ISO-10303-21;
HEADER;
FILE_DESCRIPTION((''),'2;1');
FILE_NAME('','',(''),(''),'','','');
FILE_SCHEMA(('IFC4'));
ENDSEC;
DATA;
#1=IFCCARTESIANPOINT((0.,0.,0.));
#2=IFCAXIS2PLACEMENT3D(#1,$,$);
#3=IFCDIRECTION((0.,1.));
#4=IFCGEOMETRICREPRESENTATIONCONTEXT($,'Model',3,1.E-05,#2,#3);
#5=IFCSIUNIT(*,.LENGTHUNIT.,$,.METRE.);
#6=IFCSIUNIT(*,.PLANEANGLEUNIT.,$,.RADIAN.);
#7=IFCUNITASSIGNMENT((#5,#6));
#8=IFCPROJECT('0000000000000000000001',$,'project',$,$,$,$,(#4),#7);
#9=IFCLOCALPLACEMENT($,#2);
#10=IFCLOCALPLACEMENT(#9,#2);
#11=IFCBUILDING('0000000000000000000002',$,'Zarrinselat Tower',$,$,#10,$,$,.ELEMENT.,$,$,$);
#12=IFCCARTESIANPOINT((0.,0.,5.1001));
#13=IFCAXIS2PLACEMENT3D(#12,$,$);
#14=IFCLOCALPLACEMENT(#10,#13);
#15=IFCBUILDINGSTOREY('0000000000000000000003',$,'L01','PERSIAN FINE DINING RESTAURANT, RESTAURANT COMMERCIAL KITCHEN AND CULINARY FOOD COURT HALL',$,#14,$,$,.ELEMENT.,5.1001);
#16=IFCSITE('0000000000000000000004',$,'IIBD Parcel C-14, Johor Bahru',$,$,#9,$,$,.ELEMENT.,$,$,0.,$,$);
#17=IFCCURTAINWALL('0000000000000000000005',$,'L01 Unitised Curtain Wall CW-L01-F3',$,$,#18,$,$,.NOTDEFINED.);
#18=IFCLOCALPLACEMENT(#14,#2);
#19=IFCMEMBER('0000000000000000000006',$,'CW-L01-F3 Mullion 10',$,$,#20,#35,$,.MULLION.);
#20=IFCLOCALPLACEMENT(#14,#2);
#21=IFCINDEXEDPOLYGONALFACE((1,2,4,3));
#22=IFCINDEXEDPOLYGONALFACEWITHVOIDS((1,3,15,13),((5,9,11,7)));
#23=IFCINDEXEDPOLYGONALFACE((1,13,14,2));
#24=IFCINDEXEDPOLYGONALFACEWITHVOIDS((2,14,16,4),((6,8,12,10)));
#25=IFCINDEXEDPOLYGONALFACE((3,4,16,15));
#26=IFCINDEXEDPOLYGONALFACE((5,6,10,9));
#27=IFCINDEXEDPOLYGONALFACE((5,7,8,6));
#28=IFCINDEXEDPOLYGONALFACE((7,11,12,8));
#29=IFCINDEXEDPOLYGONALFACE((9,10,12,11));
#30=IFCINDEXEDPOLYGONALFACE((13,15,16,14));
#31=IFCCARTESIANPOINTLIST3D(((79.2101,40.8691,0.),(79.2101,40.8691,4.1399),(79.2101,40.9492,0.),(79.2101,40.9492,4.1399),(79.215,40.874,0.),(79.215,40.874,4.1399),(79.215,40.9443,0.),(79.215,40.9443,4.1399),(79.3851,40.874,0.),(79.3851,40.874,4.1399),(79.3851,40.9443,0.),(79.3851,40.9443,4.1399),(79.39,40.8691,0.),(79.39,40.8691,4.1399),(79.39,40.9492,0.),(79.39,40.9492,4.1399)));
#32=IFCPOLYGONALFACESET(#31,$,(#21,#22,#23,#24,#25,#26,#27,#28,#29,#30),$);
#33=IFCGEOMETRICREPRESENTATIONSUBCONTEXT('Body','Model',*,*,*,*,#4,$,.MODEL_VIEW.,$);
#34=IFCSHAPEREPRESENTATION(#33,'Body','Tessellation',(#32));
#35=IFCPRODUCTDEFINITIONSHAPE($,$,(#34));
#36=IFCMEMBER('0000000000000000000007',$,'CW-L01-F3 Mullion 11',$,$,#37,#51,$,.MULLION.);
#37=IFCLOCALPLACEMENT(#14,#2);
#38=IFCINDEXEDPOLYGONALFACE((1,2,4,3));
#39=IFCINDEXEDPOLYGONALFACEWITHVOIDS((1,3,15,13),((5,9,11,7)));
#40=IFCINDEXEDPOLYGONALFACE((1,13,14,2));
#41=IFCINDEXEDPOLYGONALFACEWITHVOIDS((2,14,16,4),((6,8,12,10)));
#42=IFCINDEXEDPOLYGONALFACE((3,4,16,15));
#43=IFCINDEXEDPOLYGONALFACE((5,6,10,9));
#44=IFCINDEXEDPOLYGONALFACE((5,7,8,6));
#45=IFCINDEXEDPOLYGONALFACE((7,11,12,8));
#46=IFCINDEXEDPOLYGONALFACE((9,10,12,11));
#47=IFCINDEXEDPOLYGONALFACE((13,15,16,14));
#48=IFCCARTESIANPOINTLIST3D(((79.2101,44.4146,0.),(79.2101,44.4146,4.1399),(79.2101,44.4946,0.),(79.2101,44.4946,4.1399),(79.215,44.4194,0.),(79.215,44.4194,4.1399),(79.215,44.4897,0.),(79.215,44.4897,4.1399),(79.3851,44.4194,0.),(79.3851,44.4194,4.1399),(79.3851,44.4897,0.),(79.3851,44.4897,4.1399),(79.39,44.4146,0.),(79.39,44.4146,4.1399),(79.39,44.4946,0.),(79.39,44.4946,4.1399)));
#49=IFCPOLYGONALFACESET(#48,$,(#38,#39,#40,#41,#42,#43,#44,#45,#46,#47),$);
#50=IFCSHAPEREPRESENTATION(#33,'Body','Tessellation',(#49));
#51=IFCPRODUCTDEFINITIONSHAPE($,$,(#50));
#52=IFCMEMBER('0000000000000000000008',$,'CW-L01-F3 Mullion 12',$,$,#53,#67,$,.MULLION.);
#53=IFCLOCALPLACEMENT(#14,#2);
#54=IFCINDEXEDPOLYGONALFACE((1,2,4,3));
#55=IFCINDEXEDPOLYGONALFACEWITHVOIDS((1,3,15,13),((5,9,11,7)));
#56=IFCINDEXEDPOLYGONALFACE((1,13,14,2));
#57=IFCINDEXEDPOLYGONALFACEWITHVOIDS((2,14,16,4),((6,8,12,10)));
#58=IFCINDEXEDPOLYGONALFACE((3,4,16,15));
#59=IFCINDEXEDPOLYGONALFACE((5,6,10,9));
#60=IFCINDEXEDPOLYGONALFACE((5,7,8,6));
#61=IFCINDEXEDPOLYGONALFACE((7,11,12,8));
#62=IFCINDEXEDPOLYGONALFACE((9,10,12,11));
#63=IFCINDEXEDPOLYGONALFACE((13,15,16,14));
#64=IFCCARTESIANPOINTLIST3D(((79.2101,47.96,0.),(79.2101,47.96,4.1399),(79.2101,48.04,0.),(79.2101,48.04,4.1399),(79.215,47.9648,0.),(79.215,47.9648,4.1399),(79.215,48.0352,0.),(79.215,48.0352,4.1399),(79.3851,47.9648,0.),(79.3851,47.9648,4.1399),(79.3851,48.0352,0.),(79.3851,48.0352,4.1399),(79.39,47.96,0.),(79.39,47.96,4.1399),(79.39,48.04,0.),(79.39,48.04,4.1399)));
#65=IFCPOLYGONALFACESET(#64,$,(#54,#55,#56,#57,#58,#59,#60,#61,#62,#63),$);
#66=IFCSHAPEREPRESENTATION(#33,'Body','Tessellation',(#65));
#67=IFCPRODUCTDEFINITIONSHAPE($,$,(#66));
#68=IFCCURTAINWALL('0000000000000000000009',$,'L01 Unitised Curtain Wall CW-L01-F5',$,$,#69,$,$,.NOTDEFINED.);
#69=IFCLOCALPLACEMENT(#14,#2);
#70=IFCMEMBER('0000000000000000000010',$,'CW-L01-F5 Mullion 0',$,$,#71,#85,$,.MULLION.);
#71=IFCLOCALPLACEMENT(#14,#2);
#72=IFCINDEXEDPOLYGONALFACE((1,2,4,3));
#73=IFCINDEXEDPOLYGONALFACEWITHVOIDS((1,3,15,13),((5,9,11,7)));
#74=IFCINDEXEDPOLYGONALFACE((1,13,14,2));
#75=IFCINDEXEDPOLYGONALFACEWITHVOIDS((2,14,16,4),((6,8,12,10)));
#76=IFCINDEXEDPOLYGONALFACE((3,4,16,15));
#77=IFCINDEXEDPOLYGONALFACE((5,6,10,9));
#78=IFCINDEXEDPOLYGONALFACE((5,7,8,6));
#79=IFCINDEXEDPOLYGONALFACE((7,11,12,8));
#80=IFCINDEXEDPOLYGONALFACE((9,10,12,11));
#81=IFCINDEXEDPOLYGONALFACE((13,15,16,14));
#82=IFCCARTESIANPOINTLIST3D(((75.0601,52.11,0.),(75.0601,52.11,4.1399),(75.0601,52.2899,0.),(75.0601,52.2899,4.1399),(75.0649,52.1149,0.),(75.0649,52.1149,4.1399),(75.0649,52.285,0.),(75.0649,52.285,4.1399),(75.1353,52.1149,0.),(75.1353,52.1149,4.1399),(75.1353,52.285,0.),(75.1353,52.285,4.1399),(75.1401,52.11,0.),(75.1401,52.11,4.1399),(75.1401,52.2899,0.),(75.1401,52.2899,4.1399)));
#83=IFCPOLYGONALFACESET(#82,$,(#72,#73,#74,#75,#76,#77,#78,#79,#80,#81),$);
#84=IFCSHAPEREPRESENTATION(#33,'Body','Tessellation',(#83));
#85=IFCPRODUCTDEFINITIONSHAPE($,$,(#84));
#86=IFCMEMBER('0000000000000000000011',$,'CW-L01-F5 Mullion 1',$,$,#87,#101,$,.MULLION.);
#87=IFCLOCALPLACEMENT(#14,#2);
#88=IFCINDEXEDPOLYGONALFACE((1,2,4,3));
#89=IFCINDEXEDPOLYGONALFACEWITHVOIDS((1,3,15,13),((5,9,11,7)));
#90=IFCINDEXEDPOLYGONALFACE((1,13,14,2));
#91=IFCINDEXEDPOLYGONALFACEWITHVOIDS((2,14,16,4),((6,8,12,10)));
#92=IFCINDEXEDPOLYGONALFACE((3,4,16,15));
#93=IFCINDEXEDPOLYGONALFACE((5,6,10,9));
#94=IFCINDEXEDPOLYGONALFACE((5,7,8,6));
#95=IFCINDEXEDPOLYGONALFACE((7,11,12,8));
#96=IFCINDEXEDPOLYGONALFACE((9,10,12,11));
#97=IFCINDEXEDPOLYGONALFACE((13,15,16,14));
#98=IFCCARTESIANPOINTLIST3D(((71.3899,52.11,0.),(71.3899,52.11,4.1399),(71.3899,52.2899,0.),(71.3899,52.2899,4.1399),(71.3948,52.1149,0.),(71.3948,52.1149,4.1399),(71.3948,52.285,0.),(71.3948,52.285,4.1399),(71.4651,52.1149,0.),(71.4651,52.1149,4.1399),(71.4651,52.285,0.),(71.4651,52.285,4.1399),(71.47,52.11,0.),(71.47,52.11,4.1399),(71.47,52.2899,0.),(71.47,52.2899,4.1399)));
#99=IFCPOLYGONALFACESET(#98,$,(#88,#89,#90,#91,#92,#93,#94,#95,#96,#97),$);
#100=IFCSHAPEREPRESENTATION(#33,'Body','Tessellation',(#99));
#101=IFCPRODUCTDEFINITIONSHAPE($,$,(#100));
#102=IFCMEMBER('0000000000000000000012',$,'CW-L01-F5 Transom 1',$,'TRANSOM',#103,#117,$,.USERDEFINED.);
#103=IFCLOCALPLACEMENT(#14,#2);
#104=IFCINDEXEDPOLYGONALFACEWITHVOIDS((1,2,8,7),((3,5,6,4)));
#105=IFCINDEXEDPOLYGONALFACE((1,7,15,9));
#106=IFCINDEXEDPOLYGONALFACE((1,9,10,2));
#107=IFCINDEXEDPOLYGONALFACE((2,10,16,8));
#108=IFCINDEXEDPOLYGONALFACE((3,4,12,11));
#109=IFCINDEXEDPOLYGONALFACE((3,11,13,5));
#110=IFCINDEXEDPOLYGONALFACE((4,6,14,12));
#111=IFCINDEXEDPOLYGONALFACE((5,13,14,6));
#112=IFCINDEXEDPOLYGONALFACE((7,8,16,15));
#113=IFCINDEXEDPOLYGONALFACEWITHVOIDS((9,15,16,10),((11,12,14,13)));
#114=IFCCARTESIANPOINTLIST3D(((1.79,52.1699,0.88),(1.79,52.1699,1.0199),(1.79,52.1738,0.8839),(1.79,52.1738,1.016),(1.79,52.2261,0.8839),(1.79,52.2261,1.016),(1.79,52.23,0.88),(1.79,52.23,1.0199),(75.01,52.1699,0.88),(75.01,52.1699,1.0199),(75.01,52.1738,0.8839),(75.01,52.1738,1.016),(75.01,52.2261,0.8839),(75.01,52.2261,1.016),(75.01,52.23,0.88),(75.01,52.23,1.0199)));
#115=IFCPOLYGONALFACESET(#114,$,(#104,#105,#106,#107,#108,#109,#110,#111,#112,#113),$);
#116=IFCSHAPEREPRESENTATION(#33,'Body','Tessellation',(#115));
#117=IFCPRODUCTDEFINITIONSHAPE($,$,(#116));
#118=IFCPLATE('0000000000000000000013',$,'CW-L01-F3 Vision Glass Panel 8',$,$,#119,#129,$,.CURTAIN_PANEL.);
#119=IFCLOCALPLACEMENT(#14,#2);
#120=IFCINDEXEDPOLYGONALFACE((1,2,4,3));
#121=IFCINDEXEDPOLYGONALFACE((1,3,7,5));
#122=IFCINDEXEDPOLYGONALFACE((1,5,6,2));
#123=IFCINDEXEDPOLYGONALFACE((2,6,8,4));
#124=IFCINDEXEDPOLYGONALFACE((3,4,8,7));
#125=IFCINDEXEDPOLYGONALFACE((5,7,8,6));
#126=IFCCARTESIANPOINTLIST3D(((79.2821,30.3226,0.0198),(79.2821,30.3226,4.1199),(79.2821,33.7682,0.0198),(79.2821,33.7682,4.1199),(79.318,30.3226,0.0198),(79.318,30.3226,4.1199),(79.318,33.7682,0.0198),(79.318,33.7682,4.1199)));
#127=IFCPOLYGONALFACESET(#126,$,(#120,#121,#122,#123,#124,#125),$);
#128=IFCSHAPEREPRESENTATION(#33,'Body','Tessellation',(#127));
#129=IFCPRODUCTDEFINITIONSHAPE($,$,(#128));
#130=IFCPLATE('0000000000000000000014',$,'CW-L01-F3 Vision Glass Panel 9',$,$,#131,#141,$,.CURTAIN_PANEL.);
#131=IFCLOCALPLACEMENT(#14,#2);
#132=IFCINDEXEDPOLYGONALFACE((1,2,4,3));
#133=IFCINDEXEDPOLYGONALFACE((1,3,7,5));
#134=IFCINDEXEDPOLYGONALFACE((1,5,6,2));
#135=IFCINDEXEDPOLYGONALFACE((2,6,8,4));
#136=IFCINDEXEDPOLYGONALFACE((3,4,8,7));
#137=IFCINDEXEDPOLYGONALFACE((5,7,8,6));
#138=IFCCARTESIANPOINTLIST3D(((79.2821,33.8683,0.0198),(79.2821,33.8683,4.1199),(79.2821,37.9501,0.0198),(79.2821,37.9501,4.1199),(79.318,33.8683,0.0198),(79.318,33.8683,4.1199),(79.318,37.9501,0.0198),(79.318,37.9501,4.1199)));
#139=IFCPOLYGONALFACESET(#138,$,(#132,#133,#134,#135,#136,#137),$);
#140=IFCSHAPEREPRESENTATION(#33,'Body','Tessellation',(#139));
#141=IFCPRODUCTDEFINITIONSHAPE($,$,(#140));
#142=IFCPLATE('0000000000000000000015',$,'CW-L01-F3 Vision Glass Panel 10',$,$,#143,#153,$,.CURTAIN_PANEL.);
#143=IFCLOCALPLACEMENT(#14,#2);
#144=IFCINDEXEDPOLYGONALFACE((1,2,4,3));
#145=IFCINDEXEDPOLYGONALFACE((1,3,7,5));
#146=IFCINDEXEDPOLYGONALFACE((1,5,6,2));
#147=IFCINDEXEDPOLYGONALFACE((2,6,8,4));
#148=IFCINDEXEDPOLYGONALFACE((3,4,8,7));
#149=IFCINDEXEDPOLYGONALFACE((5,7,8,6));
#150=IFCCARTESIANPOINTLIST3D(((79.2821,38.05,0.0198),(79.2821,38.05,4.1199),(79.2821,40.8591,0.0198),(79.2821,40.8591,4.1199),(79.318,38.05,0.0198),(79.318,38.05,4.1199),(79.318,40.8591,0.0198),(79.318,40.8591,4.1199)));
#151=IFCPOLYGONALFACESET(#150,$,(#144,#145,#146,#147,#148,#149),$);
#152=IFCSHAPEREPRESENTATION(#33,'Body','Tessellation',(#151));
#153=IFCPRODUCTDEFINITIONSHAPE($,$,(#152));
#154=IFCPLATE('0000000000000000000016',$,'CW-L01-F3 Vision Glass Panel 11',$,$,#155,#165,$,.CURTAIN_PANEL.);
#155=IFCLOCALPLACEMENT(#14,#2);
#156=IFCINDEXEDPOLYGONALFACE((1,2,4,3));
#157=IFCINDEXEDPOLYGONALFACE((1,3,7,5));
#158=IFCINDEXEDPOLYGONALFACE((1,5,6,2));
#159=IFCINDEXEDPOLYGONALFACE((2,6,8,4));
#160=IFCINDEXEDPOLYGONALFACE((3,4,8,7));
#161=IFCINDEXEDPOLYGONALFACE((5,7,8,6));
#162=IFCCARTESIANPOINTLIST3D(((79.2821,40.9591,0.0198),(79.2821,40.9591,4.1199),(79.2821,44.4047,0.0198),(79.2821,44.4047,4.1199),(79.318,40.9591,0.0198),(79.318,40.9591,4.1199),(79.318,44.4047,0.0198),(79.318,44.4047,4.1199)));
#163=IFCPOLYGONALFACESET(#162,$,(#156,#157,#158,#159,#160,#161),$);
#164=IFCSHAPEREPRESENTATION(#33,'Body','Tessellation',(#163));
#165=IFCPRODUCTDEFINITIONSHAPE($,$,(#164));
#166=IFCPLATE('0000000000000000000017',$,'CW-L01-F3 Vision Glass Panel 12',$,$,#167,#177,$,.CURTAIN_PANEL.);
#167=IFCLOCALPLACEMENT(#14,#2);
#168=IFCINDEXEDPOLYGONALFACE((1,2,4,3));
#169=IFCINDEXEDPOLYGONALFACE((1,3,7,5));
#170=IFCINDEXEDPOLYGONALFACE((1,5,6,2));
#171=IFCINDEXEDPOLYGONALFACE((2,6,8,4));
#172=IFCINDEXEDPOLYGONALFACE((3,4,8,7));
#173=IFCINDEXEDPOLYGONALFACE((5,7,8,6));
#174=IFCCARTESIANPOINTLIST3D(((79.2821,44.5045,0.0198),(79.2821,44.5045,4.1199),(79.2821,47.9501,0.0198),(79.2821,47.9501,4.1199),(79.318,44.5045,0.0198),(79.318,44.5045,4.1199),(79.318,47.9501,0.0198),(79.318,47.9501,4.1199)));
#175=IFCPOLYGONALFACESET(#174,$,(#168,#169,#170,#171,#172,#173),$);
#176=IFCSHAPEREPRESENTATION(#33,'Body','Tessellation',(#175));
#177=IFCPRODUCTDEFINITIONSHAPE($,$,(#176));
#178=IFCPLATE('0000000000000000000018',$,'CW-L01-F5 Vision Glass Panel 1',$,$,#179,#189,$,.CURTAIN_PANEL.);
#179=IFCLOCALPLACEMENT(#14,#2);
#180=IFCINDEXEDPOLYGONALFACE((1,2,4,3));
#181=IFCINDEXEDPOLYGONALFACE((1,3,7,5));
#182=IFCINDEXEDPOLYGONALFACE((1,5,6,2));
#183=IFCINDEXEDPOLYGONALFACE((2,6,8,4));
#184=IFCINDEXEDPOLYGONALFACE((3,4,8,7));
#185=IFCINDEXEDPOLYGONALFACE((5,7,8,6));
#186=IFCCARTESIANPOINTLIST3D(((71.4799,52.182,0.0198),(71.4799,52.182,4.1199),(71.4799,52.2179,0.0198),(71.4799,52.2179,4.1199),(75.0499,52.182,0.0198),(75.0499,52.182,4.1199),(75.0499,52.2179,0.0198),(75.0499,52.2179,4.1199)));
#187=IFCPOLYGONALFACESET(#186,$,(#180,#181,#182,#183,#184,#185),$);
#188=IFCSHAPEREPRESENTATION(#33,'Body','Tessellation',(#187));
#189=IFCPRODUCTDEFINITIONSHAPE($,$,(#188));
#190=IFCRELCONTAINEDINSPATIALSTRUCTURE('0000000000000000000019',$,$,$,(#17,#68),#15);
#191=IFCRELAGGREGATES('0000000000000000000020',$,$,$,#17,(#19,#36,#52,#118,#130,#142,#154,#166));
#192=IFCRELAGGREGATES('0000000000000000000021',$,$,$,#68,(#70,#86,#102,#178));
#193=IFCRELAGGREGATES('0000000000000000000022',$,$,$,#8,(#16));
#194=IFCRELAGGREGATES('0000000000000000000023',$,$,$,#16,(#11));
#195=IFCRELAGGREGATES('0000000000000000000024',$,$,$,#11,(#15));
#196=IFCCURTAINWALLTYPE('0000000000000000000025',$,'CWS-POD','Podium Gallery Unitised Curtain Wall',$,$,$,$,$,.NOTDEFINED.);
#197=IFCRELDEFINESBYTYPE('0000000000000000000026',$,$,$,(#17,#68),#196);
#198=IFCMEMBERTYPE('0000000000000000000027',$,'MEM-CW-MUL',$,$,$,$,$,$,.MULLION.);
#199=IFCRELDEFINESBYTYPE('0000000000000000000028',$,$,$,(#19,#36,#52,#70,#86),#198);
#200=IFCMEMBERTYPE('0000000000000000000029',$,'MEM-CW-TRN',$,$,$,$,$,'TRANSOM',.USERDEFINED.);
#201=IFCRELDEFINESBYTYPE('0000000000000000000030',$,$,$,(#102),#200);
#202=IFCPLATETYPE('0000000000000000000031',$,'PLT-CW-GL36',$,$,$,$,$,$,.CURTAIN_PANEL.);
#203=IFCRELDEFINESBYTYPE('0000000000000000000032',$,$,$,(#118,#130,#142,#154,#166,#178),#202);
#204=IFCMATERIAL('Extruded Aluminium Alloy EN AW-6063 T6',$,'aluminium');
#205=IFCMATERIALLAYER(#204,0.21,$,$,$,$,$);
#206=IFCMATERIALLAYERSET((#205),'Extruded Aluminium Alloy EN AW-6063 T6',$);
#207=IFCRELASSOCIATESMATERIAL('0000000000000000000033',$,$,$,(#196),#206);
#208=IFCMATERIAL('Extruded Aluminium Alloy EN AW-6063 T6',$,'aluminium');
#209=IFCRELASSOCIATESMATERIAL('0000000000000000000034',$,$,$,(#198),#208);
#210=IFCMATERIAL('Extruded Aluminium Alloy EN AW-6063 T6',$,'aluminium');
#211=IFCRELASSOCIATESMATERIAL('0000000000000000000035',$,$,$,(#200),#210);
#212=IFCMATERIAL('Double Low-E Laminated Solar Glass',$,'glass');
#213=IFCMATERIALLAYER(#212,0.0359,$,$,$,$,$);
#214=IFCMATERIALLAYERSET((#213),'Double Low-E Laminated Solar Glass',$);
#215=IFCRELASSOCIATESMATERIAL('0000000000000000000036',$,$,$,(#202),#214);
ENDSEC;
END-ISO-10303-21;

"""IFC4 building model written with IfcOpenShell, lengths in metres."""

from ifc_helpers import new_model, si_unit, direction, frame, origin, origin_2d, place, context, subcontext, project, spatial, rectangle, hollow_rectangle, extrude, material, layer, layer_set, material_profile, profile_set, type_object, element, aggregate, save


model = new_model("IFC4")

# Units and contexts
model_context = context("Model", 3, precision=1e-05, world=origin(), true_north=direction((0.0, 1.0)))
body_context = subcontext(model_context, "Body", "Model", "MODEL_VIEW")
ifc_project = project(units=[si_unit("LENGTHUNIT", "METRE"), si_unit("PLANEANGLEUNIT", "RADIAN")], contexts=[model_context])

# Site, building, storey
site_placement = place(None, origin())
site = spatial("IfcSite", under=ifc_project, at=site_placement, Name="IIBD Parcel C-14, Johor Bahru", CompositionType="ELEMENT", RefElevation=0.0)
building_placement = place(site_placement, origin())
building = spatial("IfcBuilding", under=site, at=building_placement, Name="Zarrinselat Tower", CompositionType="ELEMENT")
storey_placement = place(building_placement, frame((0.0, 0.0, 5.1001)))
storey = spatial("IfcBuildingStorey", under=building, at=storey_placement, Name="L01", Description="PERSIAN FINE DINING RESTAURANT, RESTAURANT COMMERCIAL KITCHEN AND CULINARY FOOD COURT HALL", CompositionType="ELEMENT", Elevation=5.1001)

# Curtain walls, members
ifc_material_1 = material(Name="Extruded Aluminium Alloy EN AW-6063 T6", Category="aluminium")
ifc_layer_1 = layer(ifc_material_1, 0.21)
ifc_layer_set_1 = layer_set([ifc_layer_1], Name="Extruded Aluminium Alloy EN AW-6063 T6")
curtain_wall_type = type_object("IfcCurtainWallType", Name="CWS-POD", Description="Podium Gallery Unitised Curtain Wall", PredefinedType="NOTDEFINED", material=ifc_layer_set_1)
curtain_wall_1_placement = place(storey_placement, origin())
curtain_wall_1 = element("IfcCurtainWall", 1, at=curtain_wall_1_placement, inside=storey, type_object=curtain_wall_type, Name="L01 Unitised Curtain Wall CW-L01-F3", PredefinedType="NOTDEFINED")
ifc_material_2 = material(Name="Extruded Aluminium Alloy EN AW-6063 T6", Category="aluminium")
ifc_material_profile_1 = material_profile(ifc_material_2, hollow_rectangle(XDim=0.0801, YDim=0.1799, WallThickness=0.0049, at=origin_2d()), Name="RHS 180x80x5")
ifc_profile_set_1 = profile_set([ifc_material_profile_1], Name="Extruded Aluminium Alloy EN AW-6063 T6")
member_type_1 = type_object("IfcMemberType", Name="MEM-CW-MUL", PredefinedType="MULLION", material=ifc_profile_set_1)
member_1_placement = place(storey_placement, frame((79.3, 40.9092, 0.0), z_axis=(0.0, 0.0, 1.0), x_axis=(0.0, 1.0, 0.0)))
member_1 = element("IfcMember", 2, at=member_1_placement, type_object=member_type_1, Name="CW-L01-F3 Mullion 10", PredefinedType="MULLION", context=body_context, shape_type="SweptSolid", body=[
    extrude(hollow_rectangle(XDim=0.0801, YDim=0.1799, WallThickness=0.0049, at=origin_2d()), origin(), (0.0, 0.0, 1.0), 4.1399),
])
member_2_placement = place(storey_placement, frame((79.3, 44.4546, 0.0), z_axis=(0.0, 0.0, 1.0), x_axis=(0.0, 1.0, 0.0)))
member_2 = element("IfcMember", 3, at=member_2_placement, type_object=member_type_1, Name="CW-L01-F3 Mullion 11", PredefinedType="MULLION", context=body_context, shape_type="SweptSolid", body=[
    extrude(hollow_rectangle(XDim=0.0801, YDim=0.1799, WallThickness=0.0049, at=origin_2d()), origin(), (0.0, 0.0, 1.0), 4.1399),
])
member_3_placement = place(storey_placement, frame((79.3, 48.0, 0.0), z_axis=(0.0, 0.0, 1.0), x_axis=(0.0, 1.0, 0.0)))
member_3 = element("IfcMember", 4, at=member_3_placement, type_object=member_type_1, Name="CW-L01-F3 Mullion 12", PredefinedType="MULLION", context=body_context, shape_type="SweptSolid", body=[
    extrude(hollow_rectangle(XDim=0.0801, YDim=0.1799, WallThickness=0.0049, at=origin_2d()), origin(), (0.0, 0.0, 1.0), 4.1399),
])
curtain_wall_2_placement = place(storey_placement, origin())
curtain_wall_2 = element("IfcCurtainWall", 5, at=curtain_wall_2_placement, inside=storey, type_object=curtain_wall_type, Name="L01 Unitised Curtain Wall CW-L01-F5", PredefinedType="NOTDEFINED")
member_4_placement = place(storey_placement, frame((75.1001, 52.2, 0.0), z_axis=(0.0, 0.0, 1.0), x_axis=(-1.0, 0.0, 0.0)))
member_4 = element("IfcMember", 6, at=member_4_placement, type_object=member_type_1, Name="CW-L01-F5 Mullion 0", PredefinedType="MULLION", context=body_context, shape_type="SweptSolid", body=[
    extrude(hollow_rectangle(XDim=0.0801, YDim=0.1799, WallThickness=0.0049, at=origin_2d()), origin(), (0.0, 0.0, 1.0), 4.1399),
])
member_5_placement = place(storey_placement, frame((71.4299, 52.2, 0.0), z_axis=(0.0, 0.0, 1.0), x_axis=(-1.0, 0.0, 0.0)))
member_5 = element("IfcMember", 7, at=member_5_placement, type_object=member_type_1, Name="CW-L01-F5 Mullion 1", PredefinedType="MULLION", context=body_context, shape_type="SweptSolid", body=[
    extrude(hollow_rectangle(XDim=0.0801, YDim=0.1799, WallThickness=0.0049, at=origin_2d()), origin(), (0.0, 0.0, 1.0), 4.1399),
])
ifc_material_3 = material(Name="Extruded Aluminium Alloy EN AW-6063 T6", Category="aluminium")
ifc_material_profile_2 = material_profile(ifc_material_3, hollow_rectangle(XDim=0.0601, YDim=0.1399, WallThickness=0.0039, at=origin_2d()), Name="RHS 140x60x4")
ifc_profile_set_2 = profile_set([ifc_material_profile_2], Name="Extruded Aluminium Alloy EN AW-6063 T6")
member_type_2 = type_object("IfcMemberType", Name="MEM-CW-TRN", ElementType="TRANSOM", PredefinedType="USERDEFINED", material=ifc_profile_set_2)
member_6_placement = place(storey_placement, frame((75.01, 52.2, 0.95), z_axis=(-1.0, 0.0, 0.0), x_axis=(0.0, -1.0, 0.0)))
member_6 = element("IfcMember", 8, at=member_6_placement, type_object=member_type_2, Name="CW-L01-F5 Transom 1", ObjectType="TRANSOM", PredefinedType="USERDEFINED", context=body_context, shape_type="SweptSolid", body=[
    extrude(hollow_rectangle(XDim=0.0601, YDim=0.1399, WallThickness=0.0039, at=origin_2d()), origin(), (0.0, 0.0, 1.0), 73.22),
])

# Plates
ifc_material_4 = material(Name="Double Low-E Laminated Solar Glass", Category="glass")
ifc_layer_2 = layer(ifc_material_4, 0.0359)
ifc_layer_set_2 = layer_set([ifc_layer_2], Name="Double Low-E Laminated Solar Glass")
plate_type = type_object("IfcPlateType", Name="PLT-CW-GL36", PredefinedType="CURTAIN_PANEL", material=ifc_layer_set_2)
plate_1_placement = place(storey_placement, frame((79.3, 32.0454, 0.0198), z_axis=(0.0, 0.0, 1.0), x_axis=(0.0, 1.0, 0.0)))
plate_1 = element("IfcPlate", 9, at=plate_1_placement, type_object=plate_type, Name="CW-L01-F3 Vision Glass Panel 8", PredefinedType="CURTAIN_PANEL", context=body_context, shape_type="SweptSolid", body=[
    extrude(rectangle(XDim=3.4456, YDim=0.0359, at=origin_2d()), origin(), (0.0, 0.0, 1.0), 4.1001),
])
plate_2_placement = place(storey_placement, frame((79.3, 35.9092, 0.0198), z_axis=(0.0, 0.0, 1.0), x_axis=(0.0, 1.0, 0.0)))
plate_2 = element("IfcPlate", 10, at=plate_2_placement, type_object=plate_type, Name="CW-L01-F3 Vision Glass Panel 9", PredefinedType="CURTAIN_PANEL", context=body_context, shape_type="SweptSolid", body=[
    extrude(rectangle(XDim=4.0818, YDim=0.0359, at=origin_2d()), origin(), (0.0, 0.0, 1.0), 4.1001),
])
plate_3_placement = place(storey_placement, frame((79.3, 39.4546, 0.0198), z_axis=(0.0, 0.0, 1.0), x_axis=(0.0, 1.0, 0.0)))
plate_3 = element("IfcPlate", 11, at=plate_3_placement, type_object=plate_type, Name="CW-L01-F3 Vision Glass Panel 10", PredefinedType="CURTAIN_PANEL", context=body_context, shape_type="SweptSolid", body=[
    extrude(rectangle(XDim=2.8091, YDim=0.0359, at=origin_2d()), origin(), (0.0, 0.0, 1.0), 4.1001),
])
plate_4_placement = place(storey_placement, frame((79.3, 42.6819, 0.0198), z_axis=(0.0, 0.0, 1.0), x_axis=(0.0, 1.0, 0.0)))
plate_4 = element("IfcPlate", 12, at=plate_4_placement, type_object=plate_type, Name="CW-L01-F3 Vision Glass Panel 11", PredefinedType="CURTAIN_PANEL", context=body_context, shape_type="SweptSolid", body=[
    extrude(rectangle(XDim=3.4456, YDim=0.0359, at=origin_2d()), origin(), (0.0, 0.0, 1.0), 4.1001),
])
plate_5_placement = place(storey_placement, frame((79.3, 46.2273, 0.0198), z_axis=(0.0, 0.0, 1.0), x_axis=(0.0, 1.0, 0.0)))
plate_5 = element("IfcPlate", 13, at=plate_5_placement, type_object=plate_type, Name="CW-L01-F3 Vision Glass Panel 12", PredefinedType="CURTAIN_PANEL", context=body_context, shape_type="SweptSolid", body=[
    extrude(rectangle(XDim=3.4456, YDim=0.0359, at=origin_2d()), origin(), (0.0, 0.0, 1.0), 4.1001),
])
aggregate(curtain_wall_1, [member_1, member_2, member_3, plate_1, plate_2, plate_3, plate_4, plate_5])
plate_6_placement = place(storey_placement, frame((73.2649, 52.2, 0.0198), z_axis=(0.0, 0.0, 1.0), x_axis=(-1.0, 0.0, 0.0)))
plate_6 = element("IfcPlate", 14, at=plate_6_placement, type_object=plate_type, Name="CW-L01-F5 Vision Glass Panel 1", PredefinedType="CURTAIN_PANEL", context=body_context, shape_type="SweptSolid", body=[
    extrude(rectangle(XDim=3.5701, YDim=0.0359, at=origin_2d()), origin(), (0.0, 0.0, 1.0), 4.1001),
])
aggregate(curtain_wall_2, [member_4, member_5, member_6, plate_6])

save(model, "model.ifc")
